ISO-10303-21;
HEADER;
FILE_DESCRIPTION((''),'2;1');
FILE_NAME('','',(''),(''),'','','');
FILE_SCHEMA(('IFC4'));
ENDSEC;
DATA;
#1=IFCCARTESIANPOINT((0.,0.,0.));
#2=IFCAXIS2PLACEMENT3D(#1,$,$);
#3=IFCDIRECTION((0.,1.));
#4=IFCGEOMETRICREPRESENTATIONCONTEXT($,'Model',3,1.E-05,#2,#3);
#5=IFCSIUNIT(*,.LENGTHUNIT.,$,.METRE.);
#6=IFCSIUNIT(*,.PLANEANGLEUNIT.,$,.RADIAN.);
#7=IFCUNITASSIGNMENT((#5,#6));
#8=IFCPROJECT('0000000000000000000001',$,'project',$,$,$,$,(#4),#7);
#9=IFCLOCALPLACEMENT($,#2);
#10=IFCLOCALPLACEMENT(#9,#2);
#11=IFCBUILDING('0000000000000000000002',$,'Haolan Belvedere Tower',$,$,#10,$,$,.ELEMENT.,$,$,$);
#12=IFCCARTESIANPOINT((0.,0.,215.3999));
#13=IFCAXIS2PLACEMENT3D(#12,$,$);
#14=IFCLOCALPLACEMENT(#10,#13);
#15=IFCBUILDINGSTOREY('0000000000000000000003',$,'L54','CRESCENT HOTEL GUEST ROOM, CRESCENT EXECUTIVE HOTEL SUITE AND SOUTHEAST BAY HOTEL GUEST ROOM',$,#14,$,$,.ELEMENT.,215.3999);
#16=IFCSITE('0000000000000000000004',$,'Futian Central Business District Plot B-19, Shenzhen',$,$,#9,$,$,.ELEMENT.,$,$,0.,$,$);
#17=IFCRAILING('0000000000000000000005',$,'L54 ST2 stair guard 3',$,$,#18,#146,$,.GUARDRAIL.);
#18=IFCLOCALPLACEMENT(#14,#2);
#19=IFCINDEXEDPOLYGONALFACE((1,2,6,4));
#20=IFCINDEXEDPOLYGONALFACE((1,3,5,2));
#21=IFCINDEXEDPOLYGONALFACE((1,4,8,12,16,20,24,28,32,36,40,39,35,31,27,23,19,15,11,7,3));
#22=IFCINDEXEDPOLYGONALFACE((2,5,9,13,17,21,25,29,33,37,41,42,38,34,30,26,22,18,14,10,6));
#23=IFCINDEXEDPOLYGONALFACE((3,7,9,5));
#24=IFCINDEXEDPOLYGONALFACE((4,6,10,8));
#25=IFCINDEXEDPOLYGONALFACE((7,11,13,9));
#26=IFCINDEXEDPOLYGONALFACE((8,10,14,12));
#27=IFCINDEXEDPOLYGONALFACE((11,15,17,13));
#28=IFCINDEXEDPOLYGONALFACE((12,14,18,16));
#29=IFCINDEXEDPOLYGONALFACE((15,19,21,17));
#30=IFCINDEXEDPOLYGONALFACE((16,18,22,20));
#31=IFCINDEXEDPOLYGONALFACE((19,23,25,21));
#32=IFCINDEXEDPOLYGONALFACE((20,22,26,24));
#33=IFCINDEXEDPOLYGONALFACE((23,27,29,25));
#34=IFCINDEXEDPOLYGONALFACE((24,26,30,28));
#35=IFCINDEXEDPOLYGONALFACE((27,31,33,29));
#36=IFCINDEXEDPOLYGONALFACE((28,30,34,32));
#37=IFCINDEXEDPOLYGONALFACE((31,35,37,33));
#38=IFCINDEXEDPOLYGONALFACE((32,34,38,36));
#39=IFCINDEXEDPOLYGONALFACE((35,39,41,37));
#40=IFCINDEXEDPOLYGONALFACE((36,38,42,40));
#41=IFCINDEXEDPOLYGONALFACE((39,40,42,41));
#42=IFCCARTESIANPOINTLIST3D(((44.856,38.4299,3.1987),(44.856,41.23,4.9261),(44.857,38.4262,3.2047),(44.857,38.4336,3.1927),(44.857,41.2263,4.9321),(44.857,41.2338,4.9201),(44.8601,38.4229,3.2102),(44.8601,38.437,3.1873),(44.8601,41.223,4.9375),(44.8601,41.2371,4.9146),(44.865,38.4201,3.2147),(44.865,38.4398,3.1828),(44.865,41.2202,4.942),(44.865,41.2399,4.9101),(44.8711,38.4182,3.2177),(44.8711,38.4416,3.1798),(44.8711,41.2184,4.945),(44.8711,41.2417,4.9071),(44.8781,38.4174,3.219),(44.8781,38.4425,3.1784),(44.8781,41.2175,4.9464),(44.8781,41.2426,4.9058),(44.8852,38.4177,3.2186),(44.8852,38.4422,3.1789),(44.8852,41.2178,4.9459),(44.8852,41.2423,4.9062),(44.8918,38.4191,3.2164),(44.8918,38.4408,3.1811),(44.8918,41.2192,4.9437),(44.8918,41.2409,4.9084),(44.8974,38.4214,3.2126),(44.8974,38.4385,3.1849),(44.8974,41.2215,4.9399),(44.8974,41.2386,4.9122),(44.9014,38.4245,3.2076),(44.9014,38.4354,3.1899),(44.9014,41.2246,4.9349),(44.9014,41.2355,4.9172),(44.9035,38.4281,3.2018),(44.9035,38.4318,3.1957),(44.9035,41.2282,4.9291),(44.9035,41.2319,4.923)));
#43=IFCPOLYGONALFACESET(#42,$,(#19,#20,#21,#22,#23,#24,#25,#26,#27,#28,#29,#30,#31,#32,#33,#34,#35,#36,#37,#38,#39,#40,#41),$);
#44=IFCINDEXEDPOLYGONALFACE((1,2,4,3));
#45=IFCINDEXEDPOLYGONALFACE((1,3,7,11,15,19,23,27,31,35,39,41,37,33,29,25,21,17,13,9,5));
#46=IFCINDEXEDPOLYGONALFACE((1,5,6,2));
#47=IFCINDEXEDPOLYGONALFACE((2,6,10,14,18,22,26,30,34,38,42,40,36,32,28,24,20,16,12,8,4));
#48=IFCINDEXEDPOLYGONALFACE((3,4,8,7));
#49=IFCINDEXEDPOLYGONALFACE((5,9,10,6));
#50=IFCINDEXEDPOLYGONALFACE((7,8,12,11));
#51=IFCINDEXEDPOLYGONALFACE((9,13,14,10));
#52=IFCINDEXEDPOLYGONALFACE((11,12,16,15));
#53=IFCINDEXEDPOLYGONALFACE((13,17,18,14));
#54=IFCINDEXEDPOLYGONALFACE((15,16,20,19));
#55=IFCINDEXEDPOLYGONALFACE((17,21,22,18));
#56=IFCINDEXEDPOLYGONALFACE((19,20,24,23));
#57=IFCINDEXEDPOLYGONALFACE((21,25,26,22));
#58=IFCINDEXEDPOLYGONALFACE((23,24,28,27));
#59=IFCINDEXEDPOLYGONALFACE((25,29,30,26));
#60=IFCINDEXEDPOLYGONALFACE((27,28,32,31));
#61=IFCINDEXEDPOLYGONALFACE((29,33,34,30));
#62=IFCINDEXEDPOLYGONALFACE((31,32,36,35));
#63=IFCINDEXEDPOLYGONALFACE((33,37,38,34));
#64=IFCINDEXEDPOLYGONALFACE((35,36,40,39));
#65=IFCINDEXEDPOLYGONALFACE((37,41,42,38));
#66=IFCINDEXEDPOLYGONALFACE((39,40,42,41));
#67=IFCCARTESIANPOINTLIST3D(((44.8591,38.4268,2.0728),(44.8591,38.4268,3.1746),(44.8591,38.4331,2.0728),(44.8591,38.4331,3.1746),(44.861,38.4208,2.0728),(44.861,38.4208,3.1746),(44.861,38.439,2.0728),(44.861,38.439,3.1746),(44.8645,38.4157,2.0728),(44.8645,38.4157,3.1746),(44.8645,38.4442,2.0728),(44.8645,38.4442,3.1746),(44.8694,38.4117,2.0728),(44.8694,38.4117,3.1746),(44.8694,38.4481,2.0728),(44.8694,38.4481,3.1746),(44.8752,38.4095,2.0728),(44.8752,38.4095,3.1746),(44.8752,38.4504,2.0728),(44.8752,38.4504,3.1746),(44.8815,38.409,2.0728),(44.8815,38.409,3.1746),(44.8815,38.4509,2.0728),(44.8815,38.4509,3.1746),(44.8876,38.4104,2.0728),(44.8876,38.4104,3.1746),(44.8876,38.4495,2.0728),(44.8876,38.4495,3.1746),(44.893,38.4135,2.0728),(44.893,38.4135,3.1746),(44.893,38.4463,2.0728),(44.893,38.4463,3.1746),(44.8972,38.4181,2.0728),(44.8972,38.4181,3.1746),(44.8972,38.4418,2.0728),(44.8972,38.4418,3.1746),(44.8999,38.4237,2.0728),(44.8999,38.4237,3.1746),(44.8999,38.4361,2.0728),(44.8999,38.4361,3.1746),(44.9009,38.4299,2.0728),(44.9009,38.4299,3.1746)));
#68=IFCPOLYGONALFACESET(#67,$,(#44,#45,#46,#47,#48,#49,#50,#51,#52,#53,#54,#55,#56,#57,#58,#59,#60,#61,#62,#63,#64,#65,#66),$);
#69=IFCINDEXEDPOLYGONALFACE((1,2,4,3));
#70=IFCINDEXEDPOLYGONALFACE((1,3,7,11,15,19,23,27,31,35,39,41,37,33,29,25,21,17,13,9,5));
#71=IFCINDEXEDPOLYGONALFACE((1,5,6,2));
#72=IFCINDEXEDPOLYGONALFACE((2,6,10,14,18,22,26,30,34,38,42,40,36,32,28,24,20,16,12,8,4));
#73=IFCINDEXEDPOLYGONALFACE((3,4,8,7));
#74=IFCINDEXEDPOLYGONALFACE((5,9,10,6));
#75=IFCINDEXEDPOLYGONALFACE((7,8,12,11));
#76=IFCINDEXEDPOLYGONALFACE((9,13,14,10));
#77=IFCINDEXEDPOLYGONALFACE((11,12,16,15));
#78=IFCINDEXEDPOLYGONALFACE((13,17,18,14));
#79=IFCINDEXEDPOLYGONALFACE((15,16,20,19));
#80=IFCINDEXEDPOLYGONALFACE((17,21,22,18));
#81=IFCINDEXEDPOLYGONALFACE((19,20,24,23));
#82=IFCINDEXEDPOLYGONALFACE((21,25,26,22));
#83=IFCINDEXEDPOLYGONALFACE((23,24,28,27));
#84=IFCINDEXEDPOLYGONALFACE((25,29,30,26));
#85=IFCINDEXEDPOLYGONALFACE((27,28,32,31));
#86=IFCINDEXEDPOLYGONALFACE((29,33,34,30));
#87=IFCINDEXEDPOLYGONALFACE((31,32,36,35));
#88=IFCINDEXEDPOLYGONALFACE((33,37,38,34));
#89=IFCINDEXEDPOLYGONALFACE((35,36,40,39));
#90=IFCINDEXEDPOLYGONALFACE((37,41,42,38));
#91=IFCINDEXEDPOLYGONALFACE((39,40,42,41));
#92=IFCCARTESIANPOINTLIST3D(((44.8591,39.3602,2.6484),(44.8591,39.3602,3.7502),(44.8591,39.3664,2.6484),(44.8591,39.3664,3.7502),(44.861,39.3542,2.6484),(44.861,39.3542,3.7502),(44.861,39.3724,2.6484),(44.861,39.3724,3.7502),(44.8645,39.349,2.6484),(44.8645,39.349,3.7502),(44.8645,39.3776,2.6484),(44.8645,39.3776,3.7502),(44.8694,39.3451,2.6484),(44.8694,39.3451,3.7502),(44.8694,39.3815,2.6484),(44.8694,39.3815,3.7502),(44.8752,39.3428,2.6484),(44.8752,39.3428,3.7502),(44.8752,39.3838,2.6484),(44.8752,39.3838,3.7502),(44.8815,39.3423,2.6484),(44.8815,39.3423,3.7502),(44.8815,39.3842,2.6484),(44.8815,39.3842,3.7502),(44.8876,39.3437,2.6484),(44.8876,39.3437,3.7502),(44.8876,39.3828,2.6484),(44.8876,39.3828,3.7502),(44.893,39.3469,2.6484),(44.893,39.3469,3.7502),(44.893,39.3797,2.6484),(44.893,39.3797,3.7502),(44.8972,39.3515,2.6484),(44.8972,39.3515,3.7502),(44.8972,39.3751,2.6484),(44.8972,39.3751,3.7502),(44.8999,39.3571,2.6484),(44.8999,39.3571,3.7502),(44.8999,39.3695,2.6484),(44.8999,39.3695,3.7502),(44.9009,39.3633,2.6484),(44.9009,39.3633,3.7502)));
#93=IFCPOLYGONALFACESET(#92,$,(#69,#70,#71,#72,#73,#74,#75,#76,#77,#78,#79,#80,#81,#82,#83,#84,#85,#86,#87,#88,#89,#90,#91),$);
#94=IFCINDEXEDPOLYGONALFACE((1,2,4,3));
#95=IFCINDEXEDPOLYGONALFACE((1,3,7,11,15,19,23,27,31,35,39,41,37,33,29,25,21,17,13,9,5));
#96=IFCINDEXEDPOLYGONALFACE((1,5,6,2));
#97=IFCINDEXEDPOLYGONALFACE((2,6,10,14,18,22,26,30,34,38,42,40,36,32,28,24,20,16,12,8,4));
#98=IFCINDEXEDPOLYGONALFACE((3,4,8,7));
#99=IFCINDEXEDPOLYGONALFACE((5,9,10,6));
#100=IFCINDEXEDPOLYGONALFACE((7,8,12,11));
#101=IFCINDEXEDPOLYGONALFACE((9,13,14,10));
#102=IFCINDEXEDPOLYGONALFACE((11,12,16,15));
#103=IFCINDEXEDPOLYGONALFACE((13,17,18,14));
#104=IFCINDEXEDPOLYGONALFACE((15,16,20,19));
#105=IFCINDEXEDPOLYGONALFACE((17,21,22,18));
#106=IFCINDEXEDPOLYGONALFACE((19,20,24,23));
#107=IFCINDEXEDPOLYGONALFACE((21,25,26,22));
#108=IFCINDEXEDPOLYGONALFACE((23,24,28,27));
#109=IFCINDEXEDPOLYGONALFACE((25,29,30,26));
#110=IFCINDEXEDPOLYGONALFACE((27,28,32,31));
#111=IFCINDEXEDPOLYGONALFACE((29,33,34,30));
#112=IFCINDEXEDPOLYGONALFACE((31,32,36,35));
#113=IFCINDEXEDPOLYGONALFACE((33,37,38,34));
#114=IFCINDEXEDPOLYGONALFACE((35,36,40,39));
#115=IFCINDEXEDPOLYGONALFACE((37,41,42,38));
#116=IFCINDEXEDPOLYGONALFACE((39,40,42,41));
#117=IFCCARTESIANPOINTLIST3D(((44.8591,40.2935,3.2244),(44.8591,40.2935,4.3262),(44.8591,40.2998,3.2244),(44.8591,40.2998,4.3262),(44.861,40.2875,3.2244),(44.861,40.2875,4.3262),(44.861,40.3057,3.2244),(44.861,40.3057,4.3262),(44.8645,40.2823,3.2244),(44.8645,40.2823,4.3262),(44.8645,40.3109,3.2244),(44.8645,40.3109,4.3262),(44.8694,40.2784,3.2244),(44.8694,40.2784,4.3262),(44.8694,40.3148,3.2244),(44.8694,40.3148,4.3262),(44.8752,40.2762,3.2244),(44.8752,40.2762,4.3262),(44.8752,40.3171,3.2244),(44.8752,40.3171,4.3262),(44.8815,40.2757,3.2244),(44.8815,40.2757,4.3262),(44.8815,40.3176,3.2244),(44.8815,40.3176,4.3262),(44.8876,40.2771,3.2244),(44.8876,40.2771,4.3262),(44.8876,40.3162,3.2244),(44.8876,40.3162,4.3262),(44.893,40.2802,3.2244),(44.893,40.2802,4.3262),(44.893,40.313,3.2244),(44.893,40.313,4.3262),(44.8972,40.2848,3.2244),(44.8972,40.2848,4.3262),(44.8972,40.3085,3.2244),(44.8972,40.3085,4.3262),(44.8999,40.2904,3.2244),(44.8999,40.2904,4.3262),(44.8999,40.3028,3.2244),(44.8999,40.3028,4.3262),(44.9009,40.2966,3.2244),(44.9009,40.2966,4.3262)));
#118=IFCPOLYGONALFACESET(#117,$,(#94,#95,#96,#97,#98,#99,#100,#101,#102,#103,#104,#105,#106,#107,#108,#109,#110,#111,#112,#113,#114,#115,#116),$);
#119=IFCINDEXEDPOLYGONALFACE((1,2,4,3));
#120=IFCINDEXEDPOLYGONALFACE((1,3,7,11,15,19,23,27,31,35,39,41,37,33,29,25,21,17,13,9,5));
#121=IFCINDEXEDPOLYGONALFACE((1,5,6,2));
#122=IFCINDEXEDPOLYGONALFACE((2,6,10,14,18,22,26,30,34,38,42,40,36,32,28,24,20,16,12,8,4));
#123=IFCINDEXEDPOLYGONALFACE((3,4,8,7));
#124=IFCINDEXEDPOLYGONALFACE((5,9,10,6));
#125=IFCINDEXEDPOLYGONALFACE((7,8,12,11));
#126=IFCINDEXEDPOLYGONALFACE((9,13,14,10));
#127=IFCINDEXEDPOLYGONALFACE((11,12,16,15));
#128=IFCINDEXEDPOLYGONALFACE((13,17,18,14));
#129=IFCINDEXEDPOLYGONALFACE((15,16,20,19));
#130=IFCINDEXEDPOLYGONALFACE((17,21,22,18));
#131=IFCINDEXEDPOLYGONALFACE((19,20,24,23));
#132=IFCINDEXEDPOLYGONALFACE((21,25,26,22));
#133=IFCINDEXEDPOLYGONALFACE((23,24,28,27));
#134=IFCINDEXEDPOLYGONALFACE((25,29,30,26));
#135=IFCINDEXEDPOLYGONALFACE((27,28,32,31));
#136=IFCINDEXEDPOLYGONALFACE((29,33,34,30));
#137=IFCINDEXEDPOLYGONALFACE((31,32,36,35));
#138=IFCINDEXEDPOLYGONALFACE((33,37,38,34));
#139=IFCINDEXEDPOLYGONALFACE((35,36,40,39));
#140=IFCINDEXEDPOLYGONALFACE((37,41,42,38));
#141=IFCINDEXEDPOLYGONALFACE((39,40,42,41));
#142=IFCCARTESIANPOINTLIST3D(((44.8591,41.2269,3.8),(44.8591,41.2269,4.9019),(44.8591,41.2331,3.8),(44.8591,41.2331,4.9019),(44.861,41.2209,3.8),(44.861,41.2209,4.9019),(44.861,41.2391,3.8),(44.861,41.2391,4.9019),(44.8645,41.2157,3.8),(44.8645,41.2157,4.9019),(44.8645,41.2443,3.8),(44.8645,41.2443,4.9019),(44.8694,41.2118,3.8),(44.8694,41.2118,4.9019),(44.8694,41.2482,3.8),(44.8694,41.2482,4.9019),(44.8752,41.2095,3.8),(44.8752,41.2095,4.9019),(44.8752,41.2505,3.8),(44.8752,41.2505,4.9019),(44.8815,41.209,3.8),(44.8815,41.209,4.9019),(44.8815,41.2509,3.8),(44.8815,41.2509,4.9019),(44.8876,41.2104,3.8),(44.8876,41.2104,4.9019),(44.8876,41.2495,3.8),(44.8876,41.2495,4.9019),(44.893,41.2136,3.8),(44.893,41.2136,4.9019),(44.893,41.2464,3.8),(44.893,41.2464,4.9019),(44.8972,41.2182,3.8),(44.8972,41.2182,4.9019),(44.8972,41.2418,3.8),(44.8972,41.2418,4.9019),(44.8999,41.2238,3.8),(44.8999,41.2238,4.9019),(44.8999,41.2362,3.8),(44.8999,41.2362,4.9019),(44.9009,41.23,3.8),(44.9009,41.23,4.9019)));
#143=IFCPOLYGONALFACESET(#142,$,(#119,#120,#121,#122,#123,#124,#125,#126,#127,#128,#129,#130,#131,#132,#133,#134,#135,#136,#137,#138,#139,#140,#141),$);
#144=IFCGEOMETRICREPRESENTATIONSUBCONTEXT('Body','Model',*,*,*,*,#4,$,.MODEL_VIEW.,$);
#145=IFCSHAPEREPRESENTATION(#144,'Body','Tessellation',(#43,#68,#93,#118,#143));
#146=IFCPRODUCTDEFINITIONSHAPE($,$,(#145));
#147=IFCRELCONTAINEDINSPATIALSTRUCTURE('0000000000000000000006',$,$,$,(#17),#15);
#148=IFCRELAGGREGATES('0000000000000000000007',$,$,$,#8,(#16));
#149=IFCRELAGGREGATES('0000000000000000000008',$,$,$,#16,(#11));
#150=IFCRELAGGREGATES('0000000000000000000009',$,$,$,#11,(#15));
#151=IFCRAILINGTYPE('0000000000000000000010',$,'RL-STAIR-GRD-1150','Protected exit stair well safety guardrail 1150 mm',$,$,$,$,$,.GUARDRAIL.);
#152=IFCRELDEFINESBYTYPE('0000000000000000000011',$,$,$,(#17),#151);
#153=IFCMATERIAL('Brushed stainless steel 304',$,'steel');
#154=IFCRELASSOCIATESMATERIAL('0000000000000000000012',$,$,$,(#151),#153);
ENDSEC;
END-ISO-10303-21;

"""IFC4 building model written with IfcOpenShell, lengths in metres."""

from ifc_helpers import new_model, si_unit, direction, frame, origin, origin_2d, place, context, subcontext, project, spatial, circle, extrude, material, type_object, element, save


model = new_model("IFC4")

# Units and contexts
model_context = context("Model", 3, precision=1e-05, world=origin(), true_north=direction((0.0, 1.0)))
body_context = subcontext(model_context, "Body", "Model", "MODEL_VIEW")
ifc_project = project(units=[si_unit("LENGTHUNIT", "METRE"), si_unit("PLANEANGLEUNIT", "RADIAN")], contexts=[model_context])

# Site, building, storey
site_placement = place(None, origin())
site = spatial("IfcSite", under=ifc_project, at=site_placement, Name="Futian Central Business District Plot B-19, Shenzhen", CompositionType="ELEMENT", RefElevation=0.0)
building_placement = place(site_placement, origin())
building = spatial("IfcBuilding", under=site, at=building_placement, Name="Haolan Belvedere Tower", CompositionType="ELEMENT")
storey_placement = place(building_placement, frame((0.0, 0.0, 215.3999)))
storey = spatial("IfcBuildingStorey", under=building, at=storey_placement, Name="L54", Description="CRESCENT HOTEL GUEST ROOM, CRESCENT EXECUTIVE HOTEL SUITE AND SOUTHEAST BAY HOTEL GUEST ROOM", CompositionType="ELEMENT", Elevation=215.3999)

# Railing
ifc_material_1 = material(Name="Brushed stainless steel 304", Category="steel")
railing_type_1 = type_object("IfcRailingType", Name="RL-STAIR-GRD-1150", Description="Protected exit stair well safety guardrail 1150 mm", PredefinedType="GUARDRAIL", material=ifc_material_1)
railing_1_placement = place(storey_placement, frame((44.8799, 38.4299, 2.0728)))
element("IfcRailing", 1, at=railing_1_placement, inside=storey, type_object=railing_type_1, Name="L54 ST2 stair guard 3", PredefinedType="GUARDRAIL", context=body_context, shape_type="SweptSolid", body=[
    extrude(circle(Radius=0.0239, at=origin_2d()), frame((0.0, 0.0, 1.126), z_axis=(0.0, 0.85109, 0.52502), x_axis=(-1.0, 0.0, 0.0)), (0.0, 0.0, 1.0), 3.29),
    extrude(circle(Radius=0.021, at=origin_2d()), origin(), (0.0, 0.0, 1.0), 1.1018),
    extrude(circle(Radius=0.021, at=origin_2d()), frame((0.0, 0.9333, 0.5757)), (0.0, 0.0, 1.0), 1.1018),
    extrude(circle(Radius=0.021, at=origin_2d()), frame((0.0, 1.8667, 1.1516)), (0.0, 0.0, 1.0), 1.1018),
    extrude(circle(Radius=0.021, at=origin_2d()), frame((0.0, 2.8, 1.7273)), (0.0, 0.0, 1.0), 1.1018),
])

save(model, "model.ifc")
